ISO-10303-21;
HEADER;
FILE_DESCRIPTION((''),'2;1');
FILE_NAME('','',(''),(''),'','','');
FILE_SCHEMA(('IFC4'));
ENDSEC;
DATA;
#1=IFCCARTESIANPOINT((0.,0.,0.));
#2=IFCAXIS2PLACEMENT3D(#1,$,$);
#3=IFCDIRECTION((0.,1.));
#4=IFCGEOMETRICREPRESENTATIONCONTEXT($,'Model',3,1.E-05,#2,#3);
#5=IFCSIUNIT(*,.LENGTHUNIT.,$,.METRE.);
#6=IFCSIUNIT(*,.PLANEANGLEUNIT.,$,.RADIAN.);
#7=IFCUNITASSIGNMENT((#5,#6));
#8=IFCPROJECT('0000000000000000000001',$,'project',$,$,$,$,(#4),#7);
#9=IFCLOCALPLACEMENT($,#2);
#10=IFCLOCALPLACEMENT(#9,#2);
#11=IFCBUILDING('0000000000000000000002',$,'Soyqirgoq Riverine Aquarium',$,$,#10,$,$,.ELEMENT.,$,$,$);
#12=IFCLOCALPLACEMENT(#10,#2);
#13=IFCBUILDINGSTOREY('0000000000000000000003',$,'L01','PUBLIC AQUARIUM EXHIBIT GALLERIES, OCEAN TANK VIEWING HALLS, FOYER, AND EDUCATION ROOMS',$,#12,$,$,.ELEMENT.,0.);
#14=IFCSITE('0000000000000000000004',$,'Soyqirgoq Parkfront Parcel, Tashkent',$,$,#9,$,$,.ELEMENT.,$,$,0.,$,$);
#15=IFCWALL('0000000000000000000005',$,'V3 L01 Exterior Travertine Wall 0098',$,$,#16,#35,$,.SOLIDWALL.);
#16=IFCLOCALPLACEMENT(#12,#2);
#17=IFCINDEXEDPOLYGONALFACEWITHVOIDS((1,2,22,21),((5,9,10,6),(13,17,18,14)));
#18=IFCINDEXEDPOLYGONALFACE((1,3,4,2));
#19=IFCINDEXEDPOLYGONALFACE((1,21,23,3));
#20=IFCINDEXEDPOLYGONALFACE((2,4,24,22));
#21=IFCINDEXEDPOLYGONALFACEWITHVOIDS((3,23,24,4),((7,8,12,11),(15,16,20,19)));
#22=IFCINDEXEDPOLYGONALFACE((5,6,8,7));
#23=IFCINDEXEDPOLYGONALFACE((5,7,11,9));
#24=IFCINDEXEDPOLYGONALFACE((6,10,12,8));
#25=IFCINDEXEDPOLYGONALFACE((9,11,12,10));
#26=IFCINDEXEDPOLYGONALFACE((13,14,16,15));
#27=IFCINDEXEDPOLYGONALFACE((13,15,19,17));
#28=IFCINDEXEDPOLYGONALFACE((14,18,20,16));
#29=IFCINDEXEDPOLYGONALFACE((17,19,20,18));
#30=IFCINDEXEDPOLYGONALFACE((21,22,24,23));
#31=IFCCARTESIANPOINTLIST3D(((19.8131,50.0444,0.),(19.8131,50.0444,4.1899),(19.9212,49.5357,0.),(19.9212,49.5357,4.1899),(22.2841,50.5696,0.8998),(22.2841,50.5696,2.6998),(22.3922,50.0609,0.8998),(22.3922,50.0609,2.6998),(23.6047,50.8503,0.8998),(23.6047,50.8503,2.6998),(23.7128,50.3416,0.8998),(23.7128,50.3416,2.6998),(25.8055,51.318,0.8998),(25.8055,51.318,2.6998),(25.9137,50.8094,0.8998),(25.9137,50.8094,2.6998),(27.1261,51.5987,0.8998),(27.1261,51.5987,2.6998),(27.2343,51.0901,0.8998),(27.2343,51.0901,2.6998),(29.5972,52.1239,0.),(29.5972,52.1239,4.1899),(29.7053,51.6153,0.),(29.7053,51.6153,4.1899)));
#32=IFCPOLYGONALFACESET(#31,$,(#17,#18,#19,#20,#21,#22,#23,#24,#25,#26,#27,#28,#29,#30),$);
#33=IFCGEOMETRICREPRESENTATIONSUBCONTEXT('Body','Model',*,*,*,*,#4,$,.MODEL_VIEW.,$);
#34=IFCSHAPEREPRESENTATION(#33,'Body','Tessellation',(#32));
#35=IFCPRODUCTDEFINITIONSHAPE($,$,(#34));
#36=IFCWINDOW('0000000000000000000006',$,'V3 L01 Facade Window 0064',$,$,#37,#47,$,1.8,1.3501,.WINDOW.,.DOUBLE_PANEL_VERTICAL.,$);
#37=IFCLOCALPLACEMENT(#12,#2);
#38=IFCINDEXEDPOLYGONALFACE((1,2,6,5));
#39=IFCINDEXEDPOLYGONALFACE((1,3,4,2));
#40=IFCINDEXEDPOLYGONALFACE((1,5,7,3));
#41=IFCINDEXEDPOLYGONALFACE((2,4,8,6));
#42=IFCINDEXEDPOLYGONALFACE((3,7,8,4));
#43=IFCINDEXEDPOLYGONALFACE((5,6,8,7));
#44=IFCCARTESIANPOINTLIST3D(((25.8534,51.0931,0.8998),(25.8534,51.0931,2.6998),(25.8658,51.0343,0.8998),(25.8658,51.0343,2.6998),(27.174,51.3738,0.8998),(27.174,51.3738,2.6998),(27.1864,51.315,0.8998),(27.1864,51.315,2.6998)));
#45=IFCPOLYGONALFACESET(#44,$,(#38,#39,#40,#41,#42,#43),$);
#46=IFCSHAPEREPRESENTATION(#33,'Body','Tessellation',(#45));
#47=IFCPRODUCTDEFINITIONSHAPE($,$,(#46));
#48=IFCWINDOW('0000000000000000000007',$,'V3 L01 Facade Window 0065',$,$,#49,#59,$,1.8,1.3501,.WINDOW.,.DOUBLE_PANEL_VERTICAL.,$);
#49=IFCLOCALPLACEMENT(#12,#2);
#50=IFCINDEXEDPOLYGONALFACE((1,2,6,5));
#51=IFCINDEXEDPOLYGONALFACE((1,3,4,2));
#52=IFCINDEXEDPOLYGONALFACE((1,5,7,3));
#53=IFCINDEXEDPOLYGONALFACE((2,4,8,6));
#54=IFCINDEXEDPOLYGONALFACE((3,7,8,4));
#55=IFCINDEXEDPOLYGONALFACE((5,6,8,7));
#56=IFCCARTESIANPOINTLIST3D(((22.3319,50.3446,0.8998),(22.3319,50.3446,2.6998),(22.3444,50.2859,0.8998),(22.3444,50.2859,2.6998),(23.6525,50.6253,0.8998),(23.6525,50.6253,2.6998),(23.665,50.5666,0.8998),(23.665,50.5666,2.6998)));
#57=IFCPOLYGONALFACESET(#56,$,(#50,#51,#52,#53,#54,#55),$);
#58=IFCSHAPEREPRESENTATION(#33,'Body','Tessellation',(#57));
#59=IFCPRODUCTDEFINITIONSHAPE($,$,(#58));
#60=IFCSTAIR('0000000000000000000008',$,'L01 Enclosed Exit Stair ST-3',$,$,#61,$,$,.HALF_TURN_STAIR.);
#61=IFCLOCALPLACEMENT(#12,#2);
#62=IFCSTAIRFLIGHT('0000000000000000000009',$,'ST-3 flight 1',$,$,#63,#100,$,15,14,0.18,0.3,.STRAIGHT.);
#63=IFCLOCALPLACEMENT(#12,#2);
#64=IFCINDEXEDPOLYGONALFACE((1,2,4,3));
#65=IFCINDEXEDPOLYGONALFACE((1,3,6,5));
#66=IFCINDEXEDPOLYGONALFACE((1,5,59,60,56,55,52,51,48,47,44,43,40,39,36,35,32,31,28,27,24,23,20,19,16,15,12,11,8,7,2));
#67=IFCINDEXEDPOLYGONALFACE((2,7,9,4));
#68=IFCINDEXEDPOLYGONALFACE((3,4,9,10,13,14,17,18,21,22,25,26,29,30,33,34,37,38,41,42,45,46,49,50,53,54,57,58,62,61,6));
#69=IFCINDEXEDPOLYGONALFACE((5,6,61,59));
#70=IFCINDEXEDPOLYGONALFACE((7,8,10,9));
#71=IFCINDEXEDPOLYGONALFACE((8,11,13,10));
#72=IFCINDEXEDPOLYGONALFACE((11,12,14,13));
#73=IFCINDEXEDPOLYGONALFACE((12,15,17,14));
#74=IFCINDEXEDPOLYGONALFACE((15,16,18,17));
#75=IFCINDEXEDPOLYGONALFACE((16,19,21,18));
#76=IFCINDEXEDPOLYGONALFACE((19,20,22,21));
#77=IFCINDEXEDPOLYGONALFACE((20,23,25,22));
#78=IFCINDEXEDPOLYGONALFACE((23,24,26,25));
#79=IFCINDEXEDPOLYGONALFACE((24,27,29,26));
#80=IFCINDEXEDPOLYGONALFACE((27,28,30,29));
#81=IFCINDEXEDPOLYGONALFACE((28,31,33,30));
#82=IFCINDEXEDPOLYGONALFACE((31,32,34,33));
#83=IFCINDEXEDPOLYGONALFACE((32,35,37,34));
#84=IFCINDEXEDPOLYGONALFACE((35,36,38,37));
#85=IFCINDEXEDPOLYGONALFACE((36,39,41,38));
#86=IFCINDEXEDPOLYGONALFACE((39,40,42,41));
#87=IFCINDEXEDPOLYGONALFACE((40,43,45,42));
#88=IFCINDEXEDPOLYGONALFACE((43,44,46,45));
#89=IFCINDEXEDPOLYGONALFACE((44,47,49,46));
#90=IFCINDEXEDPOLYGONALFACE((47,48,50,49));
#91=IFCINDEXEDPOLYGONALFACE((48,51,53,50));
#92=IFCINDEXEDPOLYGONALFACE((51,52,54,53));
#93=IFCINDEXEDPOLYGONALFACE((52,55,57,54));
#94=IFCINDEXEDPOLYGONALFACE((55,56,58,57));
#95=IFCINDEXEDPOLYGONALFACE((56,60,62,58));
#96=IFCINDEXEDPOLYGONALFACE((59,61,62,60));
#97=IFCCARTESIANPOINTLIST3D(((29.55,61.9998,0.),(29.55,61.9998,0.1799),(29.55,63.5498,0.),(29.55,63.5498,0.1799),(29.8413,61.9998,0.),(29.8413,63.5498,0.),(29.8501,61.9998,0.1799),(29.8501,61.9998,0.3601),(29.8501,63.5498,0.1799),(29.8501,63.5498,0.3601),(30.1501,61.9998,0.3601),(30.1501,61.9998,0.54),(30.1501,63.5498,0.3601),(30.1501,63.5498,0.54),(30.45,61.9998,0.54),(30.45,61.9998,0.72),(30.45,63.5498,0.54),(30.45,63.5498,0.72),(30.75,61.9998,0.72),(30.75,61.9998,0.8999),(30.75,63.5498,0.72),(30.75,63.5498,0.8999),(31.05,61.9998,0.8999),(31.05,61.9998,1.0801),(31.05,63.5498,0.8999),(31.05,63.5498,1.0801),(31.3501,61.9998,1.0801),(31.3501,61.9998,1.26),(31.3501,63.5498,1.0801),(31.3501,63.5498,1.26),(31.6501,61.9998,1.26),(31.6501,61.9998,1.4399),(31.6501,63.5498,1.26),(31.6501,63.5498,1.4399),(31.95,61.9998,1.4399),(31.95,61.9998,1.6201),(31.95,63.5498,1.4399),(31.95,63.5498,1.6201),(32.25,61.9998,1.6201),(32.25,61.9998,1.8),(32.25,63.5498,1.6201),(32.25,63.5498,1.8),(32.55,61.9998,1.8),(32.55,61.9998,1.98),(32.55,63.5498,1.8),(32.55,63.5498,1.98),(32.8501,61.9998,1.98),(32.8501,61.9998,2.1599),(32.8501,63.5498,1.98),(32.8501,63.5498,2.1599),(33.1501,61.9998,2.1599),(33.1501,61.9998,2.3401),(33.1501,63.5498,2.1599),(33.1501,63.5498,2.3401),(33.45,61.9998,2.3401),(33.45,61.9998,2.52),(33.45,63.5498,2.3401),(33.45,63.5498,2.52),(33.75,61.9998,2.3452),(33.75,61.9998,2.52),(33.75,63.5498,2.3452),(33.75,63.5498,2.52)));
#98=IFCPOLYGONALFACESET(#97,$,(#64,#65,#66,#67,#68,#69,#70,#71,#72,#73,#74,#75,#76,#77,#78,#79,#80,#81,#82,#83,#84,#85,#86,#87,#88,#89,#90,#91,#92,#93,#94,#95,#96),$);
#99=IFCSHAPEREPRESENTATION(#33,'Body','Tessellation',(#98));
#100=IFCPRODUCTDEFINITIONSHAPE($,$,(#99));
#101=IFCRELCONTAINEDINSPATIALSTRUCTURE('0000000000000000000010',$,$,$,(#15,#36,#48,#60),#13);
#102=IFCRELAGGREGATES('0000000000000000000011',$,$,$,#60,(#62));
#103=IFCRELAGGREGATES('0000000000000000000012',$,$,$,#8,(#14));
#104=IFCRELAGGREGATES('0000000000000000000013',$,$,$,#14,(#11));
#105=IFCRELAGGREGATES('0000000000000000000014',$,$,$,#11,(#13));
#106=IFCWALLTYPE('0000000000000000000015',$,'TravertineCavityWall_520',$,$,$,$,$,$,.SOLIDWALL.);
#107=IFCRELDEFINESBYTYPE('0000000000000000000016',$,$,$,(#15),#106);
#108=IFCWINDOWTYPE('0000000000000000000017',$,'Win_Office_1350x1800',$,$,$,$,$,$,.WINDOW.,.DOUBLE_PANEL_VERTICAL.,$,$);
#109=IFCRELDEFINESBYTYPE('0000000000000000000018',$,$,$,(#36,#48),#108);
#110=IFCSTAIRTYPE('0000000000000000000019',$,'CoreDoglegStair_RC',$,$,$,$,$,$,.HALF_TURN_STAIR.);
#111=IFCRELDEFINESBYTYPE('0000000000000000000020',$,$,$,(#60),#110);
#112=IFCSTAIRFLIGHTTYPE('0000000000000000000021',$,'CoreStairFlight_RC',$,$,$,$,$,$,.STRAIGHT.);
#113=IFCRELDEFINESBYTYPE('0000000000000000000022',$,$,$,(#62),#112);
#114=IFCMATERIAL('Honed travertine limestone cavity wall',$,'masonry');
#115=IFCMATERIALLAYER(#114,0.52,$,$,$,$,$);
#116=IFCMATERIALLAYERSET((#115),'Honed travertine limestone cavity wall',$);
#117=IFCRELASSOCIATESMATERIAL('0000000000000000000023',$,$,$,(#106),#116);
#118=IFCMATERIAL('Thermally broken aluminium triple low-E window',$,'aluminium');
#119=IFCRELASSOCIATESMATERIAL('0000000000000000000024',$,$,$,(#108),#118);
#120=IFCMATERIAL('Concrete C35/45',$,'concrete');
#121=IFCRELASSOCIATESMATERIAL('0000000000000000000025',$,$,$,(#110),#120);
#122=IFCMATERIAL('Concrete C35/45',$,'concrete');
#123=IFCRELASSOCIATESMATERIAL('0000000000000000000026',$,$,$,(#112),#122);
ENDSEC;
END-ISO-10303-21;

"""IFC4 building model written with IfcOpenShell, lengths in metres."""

from ifc_helpers import new_model, si_unit, direction, frame, frame_2d, origin, place, context, subcontext, project, spatial, polyline, rectangle, outline, extrude, material, layer, layer_set, type_object, element, fill, aggregate, save


model = new_model("IFC4")

# Units and contexts
model_context = context("Model", 3, precision=1e-05, world=origin(), true_north=direction((0.0, 1.0)))
body_context = subcontext(model_context, "Body", "Model", "MODEL_VIEW")
ifc_project = project(units=[si_unit("LENGTHUNIT", "METRE"), si_unit("PLANEANGLEUNIT", "RADIAN")], contexts=[model_context])

# Site, building, storey
site_placement = place(None, origin())
site = spatial("IfcSite", under=ifc_project, at=site_placement, Name="Soyqirgoq Parkfront Parcel, Tashkent", CompositionType="ELEMENT", RefElevation=0.0)
building_placement = place(site_placement, origin())
building = spatial("IfcBuilding", under=site, at=building_placement, Name="Soyqirgoq Riverine Aquarium", CompositionType="ELEMENT")
storey_placement = place(building_placement, origin())
storey = spatial("IfcBuildingStorey", under=building, at=storey_placement, Name="L01", Description="PUBLIC AQUARIUM EXHIBIT GALLERIES, OCEAN TANK VIEWING HALLS, FOYER, AND EDUCATION ROOMS", CompositionType="ELEMENT", Elevation=0.0)

# Wall, openings, windows
ifc_material_1 = material(Name="Honed travertine limestone cavity wall", Category="masonry")
ifc_layer_1 = layer(ifc_material_1, 0.52)
ifc_layer_set_1 = layer_set([ifc_layer_1], Name="Honed travertine limestone cavity wall")
wall_type_1 = type_object("IfcWallType", Name="TravertineCavityWall_520", PredefinedType="SOLIDWALL", material=ifc_layer_set_1)
wall_1_placement = place(storey_placement, frame((29.6514, 51.8696, 0.0), z_axis=(0.0, 0.0, 1.0), x_axis=(-0.97815, -0.207902, 0.0)))
wall_1 = element("IfcWall", 1, at=wall_1_placement, inside=storey, type_object=wall_type_1, Name="V3 L01 Exterior Travertine Wall 0098", PredefinedType="SOLIDWALL", context=body_context, shape_type="SweptSolid", body=[
    extrude(rectangle(XDim=10.0027, YDim=0.52, at=frame_2d((5.0015, 0.0))), origin(), (0.0, 0.0, 1.0), 4.1899),
])
opening_1_placement = place(wall_1_placement, frame((2.5264, 0.0, 0.8999)))
opening_1 = element("IfcOpeningElement", 2, at=opening_1_placement, cuts=wall_1, PredefinedType="OPENING", context=body_context, shape_type="SweptSolid", body=[
    extrude(rectangle(XDim=1.3501, YDim=1.8, at=frame_2d((0.675, 0.8999))), frame((0.0, 0.27, 0.0), z_axis=(0.0, -1.0, 0.0), x_axis=(1.0, 0.0, 0.0)), (0.0, 0.0, 1.0), 0.54),
])
opening_2_placement = place(wall_1_placement, frame((6.1265, 0.0, 0.8999)))
opening_2 = element("IfcOpeningElement", 3, at=opening_2_placement, cuts=wall_1, PredefinedType="OPENING", context=body_context, shape_type="SweptSolid", body=[
    extrude(rectangle(XDim=1.3501, YDim=1.8, at=frame_2d((0.675, 0.8999))), frame((0.0, 0.27, 0.0), z_axis=(0.0, -1.0, 0.0), x_axis=(1.0, 0.0, 0.0)), (0.0, 0.0, 1.0), 0.54),
])
ifc_material_2 = material(Name="Thermally broken aluminium triple low-E window", Category="aluminium")
window_type = type_object("IfcWindowType", Name="Win_Office_1350x1800", PartitioningType="DOUBLE_PANEL_VERTICAL", PredefinedType="WINDOW", material=ifc_material_2)
window_1_placement = place(opening_1_placement, origin())
window_1 = element("IfcWindow", 4, at=window_1_placement, inside=storey, type_object=window_type, Name="V3 L01 Facade Window 0064", OverallHeight=1.8, OverallWidth=1.3501, PartitioningType="DOUBLE_PANEL_VERTICAL", PredefinedType="WINDOW", context=body_context, shape_type="SweptSolid", body=[
    extrude(rectangle(XDim=1.3501, YDim=1.8, at=frame_2d((0.675, 0.8999))), frame((0.0, 0.03, 0.0), z_axis=(0.0, -1.0, 0.0), x_axis=(1.0, 0.0, 0.0)), (0.0, 0.0, 1.0), 0.0601),
])
fill(opening_1, window_1)
window_2_placement = place(opening_2_placement, origin())
window_2 = element("IfcWindow", 5, at=window_2_placement, inside=storey, type_object=window_type, Name="V3 L01 Facade Window 0065", OverallHeight=1.8, OverallWidth=1.3501, PartitioningType="DOUBLE_PANEL_VERTICAL", PredefinedType="WINDOW", context=body_context, shape_type="SweptSolid", body=[
    extrude(rectangle(XDim=1.3501, YDim=1.8, at=frame_2d((0.675, 0.8999))), frame((0.0, 0.03, 0.0), z_axis=(0.0, -1.0, 0.0), x_axis=(1.0, 0.0, 0.0)), (0.0, 0.0, 1.0), 0.0601),
])
fill(opening_2, window_2)

# Stair, stair flight
ifc_material_3 = material(Name="Concrete C35/45", Category="concrete")
stair_type = type_object("IfcStairType", Name="CoreDoglegStair_RC", PredefinedType="HALF_TURN_STAIR", material=ifc_material_3)
stair_placement = place(storey_placement, origin())
stair = element("IfcStair", 6, at=stair_placement, inside=storey, type_object=stair_type, Name="L01 Enclosed Exit Stair ST-3", PredefinedType="HALF_TURN_STAIR")
ifc_material_4 = material(Name="Concrete C35/45", Category="concrete")
stair_flight_type = type_object("IfcStairFlightType", Name="CoreStairFlight_RC", PredefinedType="STRAIGHT", material=ifc_material_4)
stair_flight_placement = place(storey_placement, frame((29.55, 62.7749, 0.0), z_axis=(0.0, 0.0, 1.0), x_axis=(1.0, 0.0, 0.0)))
stair_flight = element("IfcStairFlight", 7, at=stair_flight_placement, type_object=stair_flight_type, Name="ST-3 flight 1", NumberOfRisers=15, NumberOfTreads=14, PredefinedType="STRAIGHT", RiserHeight=0.18, TreadLength=0.3, context=body_context, shape_type="SweptSolid", body=[
    extrude(outline(polyline([(0.0, 0.0), (0.0, 0.1799), (0.3, 0.1799), (0.3, 0.3601), (0.6001, 0.3601), (0.6001, 0.54), (0.8999, 0.54), (0.8999, 0.72), (1.2, 0.72), (1.2, 0.8999), (1.5, 0.8999), (1.5, 1.0801), (1.8, 1.0801), (1.8, 1.26), (2.1001, 1.26), (2.1001, 1.4399), (2.3999, 1.4399), (2.3999, 1.6201), (2.7, 1.6201), (2.7, 1.8), (3.0, 1.8), (3.0, 1.98), (3.3, 1.98), (3.3, 2.1599), (3.6001, 2.1599), (3.6001, 2.3401), (3.8999, 2.3401), (3.8999, 2.52), (4.2, 2.52), (4.2, 2.7), (4.2, 2.3452), (0.2913, 0.0), (0.0, 0.0)])), frame((0.0, 0.7749, 0.0), z_axis=(0.0, -1.0, 0.0), x_axis=(1.0, 0.0, 0.0)), (0.0, 0.0, 1.0), 1.55),
])
aggregate(stair, [stair_flight])

save(model, "model.ifc")
